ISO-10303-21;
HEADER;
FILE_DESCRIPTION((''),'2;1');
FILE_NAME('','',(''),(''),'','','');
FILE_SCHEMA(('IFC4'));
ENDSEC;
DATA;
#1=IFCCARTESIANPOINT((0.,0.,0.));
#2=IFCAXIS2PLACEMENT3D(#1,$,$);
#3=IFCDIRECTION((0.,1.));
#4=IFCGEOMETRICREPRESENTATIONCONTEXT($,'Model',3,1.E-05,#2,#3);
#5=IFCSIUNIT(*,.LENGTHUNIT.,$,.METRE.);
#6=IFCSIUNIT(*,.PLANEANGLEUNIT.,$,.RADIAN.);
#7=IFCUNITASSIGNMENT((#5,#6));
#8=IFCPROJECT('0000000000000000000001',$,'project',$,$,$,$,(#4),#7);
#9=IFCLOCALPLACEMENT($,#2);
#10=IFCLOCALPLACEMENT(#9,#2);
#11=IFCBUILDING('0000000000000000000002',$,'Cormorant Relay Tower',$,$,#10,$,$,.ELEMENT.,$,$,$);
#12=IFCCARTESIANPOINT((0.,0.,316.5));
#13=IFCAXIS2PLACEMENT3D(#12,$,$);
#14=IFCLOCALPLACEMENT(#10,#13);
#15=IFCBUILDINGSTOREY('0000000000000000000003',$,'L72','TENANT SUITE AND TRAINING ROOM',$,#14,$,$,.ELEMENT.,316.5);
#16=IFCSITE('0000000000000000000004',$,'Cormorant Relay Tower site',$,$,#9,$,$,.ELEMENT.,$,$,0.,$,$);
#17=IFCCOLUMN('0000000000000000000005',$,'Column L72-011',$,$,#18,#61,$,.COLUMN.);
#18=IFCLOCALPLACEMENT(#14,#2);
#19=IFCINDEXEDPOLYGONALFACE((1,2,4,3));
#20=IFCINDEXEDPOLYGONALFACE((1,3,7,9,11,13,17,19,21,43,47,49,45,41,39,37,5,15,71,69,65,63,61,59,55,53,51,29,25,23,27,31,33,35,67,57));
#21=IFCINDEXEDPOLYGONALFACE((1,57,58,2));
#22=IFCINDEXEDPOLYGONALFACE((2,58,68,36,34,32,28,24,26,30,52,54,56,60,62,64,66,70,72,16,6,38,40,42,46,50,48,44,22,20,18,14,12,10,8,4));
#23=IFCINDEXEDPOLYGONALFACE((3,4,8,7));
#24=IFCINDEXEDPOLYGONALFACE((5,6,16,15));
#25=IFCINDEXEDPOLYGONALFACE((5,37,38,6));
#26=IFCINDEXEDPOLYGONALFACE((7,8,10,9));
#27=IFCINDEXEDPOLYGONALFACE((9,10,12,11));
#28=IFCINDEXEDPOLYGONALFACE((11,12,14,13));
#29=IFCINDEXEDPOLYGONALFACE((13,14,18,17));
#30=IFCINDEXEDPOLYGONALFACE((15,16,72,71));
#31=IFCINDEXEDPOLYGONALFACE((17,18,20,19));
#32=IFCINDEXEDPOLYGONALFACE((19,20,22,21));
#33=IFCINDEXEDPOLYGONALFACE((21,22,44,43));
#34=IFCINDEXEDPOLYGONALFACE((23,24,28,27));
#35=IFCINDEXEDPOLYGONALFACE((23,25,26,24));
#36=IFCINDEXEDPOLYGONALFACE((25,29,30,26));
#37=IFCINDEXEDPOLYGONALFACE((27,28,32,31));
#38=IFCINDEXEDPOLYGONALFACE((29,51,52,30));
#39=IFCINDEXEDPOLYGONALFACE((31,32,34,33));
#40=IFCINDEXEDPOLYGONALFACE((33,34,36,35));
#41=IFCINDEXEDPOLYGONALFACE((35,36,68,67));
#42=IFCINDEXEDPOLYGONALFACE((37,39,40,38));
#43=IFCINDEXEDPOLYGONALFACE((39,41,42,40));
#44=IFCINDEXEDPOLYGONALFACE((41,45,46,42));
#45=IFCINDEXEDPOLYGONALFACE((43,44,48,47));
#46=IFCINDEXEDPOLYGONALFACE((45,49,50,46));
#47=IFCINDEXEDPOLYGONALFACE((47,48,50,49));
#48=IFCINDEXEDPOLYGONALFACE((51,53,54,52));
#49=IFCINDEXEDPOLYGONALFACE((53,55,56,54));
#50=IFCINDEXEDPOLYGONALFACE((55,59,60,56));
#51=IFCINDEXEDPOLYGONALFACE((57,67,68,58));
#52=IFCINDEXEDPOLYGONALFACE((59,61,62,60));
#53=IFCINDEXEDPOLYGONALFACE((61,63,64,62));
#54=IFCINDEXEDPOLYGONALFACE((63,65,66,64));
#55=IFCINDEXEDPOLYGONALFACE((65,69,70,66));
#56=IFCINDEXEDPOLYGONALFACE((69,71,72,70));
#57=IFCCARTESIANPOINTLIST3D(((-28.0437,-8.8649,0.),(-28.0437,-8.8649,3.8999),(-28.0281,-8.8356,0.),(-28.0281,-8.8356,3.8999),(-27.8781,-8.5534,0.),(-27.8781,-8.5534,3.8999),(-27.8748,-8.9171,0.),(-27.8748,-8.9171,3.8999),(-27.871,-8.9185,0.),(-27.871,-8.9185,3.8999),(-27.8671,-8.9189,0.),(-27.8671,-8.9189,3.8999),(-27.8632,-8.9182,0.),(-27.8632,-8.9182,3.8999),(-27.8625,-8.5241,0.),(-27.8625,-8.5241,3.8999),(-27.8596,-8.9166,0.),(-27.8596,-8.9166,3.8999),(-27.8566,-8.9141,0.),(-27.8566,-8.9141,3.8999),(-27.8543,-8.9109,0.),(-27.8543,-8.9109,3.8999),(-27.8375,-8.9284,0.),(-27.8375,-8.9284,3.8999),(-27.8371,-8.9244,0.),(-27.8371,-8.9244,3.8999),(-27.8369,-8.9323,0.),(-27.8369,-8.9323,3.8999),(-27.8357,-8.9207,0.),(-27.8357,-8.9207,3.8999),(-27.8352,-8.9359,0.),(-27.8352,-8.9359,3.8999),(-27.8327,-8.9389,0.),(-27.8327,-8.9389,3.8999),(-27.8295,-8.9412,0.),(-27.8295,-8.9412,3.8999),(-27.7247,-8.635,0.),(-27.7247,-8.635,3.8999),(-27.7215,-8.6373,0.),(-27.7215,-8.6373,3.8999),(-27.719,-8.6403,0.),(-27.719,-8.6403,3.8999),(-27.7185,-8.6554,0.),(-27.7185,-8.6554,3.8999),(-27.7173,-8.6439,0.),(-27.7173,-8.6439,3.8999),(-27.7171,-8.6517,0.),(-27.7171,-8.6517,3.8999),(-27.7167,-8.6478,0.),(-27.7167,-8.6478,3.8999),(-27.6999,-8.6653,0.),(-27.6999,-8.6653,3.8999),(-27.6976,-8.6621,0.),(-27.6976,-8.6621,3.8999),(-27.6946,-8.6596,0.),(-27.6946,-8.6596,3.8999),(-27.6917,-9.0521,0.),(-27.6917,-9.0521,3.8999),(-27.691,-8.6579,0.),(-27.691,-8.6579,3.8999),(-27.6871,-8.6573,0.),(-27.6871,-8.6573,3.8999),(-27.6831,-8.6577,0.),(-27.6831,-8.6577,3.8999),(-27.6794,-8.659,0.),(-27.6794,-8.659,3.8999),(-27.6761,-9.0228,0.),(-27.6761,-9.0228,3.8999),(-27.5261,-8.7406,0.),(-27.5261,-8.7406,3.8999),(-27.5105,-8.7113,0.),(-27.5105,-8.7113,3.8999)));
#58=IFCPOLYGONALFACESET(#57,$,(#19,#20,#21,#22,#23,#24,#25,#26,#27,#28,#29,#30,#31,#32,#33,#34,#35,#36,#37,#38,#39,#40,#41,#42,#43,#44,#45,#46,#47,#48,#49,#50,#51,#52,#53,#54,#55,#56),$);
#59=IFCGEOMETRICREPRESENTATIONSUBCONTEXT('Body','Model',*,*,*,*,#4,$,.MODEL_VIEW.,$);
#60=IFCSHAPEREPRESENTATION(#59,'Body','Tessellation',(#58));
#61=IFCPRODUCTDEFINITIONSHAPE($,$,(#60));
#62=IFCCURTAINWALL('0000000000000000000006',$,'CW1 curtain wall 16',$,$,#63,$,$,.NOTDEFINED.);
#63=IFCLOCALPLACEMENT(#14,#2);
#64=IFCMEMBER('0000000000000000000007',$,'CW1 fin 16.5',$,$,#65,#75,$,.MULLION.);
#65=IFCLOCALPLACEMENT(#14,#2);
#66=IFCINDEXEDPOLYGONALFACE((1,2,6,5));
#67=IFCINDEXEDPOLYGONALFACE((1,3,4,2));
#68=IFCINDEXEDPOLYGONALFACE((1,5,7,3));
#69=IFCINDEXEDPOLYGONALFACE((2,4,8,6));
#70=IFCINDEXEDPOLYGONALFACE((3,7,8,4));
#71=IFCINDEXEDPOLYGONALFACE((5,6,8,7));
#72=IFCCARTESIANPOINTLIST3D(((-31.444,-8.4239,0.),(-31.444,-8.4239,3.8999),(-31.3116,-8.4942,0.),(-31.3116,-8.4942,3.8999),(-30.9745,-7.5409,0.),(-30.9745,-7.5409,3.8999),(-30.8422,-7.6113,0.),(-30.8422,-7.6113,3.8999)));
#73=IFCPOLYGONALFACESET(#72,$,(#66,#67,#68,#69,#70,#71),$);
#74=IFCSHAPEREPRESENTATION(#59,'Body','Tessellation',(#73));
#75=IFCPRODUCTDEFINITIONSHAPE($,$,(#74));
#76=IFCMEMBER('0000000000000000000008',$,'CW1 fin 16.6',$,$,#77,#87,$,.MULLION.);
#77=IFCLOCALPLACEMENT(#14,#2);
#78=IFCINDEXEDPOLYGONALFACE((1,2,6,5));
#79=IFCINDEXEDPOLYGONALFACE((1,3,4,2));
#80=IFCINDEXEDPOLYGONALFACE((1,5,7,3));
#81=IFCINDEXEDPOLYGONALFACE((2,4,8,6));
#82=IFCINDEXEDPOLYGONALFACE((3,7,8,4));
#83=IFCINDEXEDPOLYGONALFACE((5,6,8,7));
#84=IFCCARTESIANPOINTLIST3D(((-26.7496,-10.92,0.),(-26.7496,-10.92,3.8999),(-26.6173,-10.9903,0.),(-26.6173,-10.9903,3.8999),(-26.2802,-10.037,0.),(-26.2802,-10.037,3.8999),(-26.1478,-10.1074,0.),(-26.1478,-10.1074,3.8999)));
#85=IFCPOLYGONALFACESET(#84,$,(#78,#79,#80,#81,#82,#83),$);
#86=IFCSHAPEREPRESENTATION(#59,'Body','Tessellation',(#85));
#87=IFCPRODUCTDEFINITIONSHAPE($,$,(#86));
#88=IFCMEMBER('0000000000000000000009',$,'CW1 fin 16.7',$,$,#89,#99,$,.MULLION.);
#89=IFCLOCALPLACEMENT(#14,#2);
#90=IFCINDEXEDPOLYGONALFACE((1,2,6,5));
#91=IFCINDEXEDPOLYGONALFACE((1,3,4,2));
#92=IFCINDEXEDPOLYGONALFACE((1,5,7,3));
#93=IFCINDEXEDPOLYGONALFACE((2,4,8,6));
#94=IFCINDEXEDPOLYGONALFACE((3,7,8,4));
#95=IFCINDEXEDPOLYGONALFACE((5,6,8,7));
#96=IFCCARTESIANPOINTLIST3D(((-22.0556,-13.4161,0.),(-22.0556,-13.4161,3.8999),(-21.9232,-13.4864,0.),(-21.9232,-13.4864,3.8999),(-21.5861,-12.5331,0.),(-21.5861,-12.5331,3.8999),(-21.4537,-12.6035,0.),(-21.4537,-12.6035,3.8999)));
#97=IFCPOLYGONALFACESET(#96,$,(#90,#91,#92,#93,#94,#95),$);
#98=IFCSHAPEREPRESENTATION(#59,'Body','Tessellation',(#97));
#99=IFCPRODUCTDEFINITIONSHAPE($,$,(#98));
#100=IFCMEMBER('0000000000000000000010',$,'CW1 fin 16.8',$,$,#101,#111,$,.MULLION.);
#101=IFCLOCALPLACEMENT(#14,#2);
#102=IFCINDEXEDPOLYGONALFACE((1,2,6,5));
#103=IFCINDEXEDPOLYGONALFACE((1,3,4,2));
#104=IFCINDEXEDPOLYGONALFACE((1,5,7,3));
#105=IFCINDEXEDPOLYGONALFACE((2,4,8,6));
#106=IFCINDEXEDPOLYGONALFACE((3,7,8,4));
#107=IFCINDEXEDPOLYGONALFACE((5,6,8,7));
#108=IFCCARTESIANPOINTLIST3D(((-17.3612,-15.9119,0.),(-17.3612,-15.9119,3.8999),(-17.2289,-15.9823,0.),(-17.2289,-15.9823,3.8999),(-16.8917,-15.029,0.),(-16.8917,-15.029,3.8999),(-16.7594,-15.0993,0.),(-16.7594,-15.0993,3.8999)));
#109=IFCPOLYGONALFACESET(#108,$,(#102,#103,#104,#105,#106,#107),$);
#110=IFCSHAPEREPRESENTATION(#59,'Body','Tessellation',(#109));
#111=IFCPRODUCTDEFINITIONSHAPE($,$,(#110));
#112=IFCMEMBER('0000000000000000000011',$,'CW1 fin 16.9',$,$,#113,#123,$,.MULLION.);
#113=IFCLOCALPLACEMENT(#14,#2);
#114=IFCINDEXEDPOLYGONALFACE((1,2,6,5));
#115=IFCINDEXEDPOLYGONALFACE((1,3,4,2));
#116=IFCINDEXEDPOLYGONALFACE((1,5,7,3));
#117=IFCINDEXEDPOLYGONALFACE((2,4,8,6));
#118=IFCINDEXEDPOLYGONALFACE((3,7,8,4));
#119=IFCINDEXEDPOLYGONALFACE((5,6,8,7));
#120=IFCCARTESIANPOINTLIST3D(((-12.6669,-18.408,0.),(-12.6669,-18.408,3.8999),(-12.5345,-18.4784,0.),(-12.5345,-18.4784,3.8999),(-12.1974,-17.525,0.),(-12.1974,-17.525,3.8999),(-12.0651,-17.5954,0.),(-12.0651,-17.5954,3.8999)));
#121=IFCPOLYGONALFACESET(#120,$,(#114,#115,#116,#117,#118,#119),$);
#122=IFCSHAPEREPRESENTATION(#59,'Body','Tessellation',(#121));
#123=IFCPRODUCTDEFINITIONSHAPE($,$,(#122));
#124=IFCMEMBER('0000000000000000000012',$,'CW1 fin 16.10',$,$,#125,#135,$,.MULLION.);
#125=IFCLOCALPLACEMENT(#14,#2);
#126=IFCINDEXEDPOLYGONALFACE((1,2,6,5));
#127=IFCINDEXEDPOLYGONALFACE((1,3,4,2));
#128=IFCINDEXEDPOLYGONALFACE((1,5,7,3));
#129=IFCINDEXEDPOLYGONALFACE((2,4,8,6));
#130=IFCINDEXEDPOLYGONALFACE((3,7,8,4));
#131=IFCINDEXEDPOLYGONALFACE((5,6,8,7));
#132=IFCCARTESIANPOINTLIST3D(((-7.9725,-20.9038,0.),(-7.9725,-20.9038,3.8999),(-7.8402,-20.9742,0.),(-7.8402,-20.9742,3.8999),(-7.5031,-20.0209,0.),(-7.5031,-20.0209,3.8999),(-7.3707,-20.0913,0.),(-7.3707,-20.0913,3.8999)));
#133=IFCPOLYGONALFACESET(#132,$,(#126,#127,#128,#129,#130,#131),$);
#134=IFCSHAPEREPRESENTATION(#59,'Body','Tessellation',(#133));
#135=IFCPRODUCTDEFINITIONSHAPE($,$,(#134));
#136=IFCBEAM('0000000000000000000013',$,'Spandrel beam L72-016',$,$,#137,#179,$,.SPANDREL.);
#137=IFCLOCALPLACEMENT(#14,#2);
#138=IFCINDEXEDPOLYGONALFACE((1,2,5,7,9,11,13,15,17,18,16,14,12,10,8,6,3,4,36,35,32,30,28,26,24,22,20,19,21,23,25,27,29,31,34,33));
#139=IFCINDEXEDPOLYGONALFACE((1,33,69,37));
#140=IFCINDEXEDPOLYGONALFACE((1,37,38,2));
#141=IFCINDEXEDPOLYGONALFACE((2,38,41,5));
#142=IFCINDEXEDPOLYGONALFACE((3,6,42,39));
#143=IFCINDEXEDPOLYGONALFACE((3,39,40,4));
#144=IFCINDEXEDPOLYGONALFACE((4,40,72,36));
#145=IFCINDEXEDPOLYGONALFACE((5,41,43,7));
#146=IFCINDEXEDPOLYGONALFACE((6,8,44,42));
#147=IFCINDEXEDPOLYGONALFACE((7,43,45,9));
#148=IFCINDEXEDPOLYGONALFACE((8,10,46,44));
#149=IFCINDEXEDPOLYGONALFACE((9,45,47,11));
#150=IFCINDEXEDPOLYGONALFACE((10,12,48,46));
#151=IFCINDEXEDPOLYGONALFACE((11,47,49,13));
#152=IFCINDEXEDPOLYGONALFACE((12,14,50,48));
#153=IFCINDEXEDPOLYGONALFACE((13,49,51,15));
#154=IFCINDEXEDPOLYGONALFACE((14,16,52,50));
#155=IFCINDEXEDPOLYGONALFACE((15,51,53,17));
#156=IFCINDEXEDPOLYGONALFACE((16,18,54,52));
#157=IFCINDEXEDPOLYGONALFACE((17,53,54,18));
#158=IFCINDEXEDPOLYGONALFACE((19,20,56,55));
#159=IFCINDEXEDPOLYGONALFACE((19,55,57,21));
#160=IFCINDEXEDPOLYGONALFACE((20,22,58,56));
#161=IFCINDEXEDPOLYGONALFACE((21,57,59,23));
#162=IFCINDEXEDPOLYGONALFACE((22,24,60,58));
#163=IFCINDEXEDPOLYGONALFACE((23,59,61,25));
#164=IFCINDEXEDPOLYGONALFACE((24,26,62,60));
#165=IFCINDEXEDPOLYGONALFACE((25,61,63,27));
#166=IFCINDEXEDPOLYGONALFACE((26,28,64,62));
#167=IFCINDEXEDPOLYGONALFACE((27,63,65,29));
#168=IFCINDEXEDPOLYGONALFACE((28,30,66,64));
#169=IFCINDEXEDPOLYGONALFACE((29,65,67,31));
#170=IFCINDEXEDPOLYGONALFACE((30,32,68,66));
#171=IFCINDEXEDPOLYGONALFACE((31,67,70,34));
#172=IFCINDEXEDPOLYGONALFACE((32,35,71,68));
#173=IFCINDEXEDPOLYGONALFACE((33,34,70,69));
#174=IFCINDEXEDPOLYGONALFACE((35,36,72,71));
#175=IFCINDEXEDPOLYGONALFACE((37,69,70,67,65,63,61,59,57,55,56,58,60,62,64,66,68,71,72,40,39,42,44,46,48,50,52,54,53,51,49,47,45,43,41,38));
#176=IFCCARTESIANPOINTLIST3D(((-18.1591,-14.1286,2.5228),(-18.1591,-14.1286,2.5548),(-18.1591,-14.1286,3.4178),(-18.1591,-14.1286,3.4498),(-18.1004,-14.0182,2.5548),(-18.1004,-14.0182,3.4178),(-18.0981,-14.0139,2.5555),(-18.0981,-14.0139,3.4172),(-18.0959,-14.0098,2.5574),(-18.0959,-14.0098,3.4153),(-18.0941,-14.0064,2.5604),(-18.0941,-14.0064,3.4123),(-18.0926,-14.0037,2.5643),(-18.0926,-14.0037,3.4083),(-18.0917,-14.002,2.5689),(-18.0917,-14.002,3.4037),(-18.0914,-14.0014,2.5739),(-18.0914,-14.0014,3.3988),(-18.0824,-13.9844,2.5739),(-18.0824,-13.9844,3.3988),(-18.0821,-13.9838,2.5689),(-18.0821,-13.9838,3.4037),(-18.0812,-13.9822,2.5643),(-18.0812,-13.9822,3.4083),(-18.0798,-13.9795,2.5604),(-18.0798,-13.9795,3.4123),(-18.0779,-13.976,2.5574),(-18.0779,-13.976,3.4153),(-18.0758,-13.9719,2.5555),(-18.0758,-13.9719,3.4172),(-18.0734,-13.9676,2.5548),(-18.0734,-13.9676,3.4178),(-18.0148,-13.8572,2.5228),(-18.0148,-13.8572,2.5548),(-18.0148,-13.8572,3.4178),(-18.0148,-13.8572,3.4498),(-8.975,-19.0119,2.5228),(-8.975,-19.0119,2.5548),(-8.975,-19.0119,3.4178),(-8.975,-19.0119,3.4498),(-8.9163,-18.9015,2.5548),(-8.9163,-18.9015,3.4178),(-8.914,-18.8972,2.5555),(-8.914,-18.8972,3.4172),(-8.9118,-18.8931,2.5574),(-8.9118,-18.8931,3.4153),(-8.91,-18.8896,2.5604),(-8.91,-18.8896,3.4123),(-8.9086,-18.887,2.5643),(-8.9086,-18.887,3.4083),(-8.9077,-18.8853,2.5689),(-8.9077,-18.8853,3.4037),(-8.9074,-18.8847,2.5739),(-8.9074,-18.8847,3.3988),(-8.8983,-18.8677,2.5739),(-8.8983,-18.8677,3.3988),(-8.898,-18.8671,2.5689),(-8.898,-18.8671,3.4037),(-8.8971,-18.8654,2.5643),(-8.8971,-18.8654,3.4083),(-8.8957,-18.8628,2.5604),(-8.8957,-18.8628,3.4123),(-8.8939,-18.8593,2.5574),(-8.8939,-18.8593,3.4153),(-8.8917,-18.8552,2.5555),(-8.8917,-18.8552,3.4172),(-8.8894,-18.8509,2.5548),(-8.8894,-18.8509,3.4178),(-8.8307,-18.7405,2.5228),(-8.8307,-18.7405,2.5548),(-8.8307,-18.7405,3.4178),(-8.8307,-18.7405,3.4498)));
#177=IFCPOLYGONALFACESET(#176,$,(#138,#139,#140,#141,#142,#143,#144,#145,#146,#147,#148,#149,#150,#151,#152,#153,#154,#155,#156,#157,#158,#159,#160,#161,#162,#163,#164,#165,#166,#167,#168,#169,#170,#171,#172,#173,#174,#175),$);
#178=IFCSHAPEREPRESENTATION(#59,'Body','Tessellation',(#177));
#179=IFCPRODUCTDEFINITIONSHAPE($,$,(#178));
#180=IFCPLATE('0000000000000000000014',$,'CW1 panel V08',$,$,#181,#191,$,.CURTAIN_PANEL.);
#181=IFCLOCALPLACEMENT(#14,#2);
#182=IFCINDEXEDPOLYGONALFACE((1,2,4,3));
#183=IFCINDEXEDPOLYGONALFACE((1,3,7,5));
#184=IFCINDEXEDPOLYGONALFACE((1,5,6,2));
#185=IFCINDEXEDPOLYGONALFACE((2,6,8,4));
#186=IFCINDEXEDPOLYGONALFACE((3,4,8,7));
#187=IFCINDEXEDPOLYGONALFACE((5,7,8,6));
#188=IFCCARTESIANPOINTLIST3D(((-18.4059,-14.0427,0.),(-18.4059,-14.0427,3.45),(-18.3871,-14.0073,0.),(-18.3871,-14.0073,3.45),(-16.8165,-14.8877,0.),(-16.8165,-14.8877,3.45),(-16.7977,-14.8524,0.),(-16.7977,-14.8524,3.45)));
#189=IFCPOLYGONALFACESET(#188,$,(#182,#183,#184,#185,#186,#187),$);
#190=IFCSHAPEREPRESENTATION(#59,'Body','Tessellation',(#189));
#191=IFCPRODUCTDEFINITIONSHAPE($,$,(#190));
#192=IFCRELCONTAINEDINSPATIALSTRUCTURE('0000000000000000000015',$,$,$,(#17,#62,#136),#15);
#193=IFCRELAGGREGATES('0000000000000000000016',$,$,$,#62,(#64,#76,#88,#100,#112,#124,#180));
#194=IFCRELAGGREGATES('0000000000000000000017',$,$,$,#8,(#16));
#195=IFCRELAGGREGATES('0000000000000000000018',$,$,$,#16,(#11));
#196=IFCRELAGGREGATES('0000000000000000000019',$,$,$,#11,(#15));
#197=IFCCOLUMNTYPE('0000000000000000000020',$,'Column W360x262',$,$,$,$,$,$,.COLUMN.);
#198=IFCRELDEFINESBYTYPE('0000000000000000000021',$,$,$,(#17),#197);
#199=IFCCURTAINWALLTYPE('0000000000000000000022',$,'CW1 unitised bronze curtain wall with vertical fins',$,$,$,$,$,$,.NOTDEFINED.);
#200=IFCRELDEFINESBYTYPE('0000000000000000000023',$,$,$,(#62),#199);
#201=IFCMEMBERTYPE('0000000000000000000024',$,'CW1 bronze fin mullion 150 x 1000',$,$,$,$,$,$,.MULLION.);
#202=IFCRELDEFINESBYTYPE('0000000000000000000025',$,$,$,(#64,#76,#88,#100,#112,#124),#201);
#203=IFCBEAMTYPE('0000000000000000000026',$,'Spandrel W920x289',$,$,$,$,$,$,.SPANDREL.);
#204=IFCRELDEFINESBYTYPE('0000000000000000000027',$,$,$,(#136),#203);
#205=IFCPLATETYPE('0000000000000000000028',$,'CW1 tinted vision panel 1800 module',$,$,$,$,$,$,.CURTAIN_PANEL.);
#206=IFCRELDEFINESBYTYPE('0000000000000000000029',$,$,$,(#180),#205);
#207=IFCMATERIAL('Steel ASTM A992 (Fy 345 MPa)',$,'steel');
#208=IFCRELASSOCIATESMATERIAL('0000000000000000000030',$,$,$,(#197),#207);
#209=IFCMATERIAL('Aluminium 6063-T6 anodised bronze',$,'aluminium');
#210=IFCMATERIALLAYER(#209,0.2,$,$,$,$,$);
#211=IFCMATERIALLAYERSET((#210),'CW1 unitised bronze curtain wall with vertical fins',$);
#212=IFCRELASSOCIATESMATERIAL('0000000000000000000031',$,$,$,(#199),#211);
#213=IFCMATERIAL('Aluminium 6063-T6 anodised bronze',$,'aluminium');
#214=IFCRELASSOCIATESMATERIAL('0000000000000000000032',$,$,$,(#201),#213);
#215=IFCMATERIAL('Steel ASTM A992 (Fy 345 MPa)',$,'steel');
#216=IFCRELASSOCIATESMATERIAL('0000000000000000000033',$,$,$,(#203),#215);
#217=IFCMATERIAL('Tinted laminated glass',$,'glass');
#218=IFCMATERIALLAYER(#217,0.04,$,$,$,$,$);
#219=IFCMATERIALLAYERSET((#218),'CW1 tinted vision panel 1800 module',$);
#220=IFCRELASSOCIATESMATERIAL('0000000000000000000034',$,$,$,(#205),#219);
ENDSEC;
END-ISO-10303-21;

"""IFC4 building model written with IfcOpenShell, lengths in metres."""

from ifc_helpers import new_model, si_unit, direction, frame, origin, origin_2d, place, context, subcontext, project, spatial, rectangle, i_section, extrude, material, layer, layer_set, material_profile, profile_set, type_object, element, aggregate, save


model = new_model("IFC4")

# Units and contexts
model_context = context("Model", 3, precision=1e-05, world=origin(), true_north=direction((0.0, 1.0)))
body_context = subcontext(model_context, "Body", "Model", "MODEL_VIEW")
ifc_project = project(units=[si_unit("LENGTHUNIT", "METRE"), si_unit("PLANEANGLEUNIT", "RADIAN")], contexts=[model_context])

# Site, building, storey
site_placement = place(None, origin())
site = spatial("IfcSite", under=ifc_project, at=site_placement, Name="Cormorant Relay Tower site", CompositionType="ELEMENT", RefElevation=0.0)
building_placement = place(site_placement, origin())
building = spatial("IfcBuilding", under=site, at=building_placement, Name="Cormorant Relay Tower", CompositionType="ELEMENT")
storey_placement = place(building_placement, frame((0.0, 0.0, 316.5)))
storey = spatial("IfcBuildingStorey", under=building, at=storey_placement, Name="L72", Description="TENANT SUITE AND TRAINING ROOM", CompositionType="ELEMENT", Elevation=316.5)

# Column
ifc_material_1 = material(Name="Steel ASTM A992 (Fy 345 MPa)", Category="steel")
ifc_material_profile_1 = material_profile(ifc_material_1, i_section(OverallWidth=0.3987, OverallDepth=0.386, WebThickness=0.021, FlangeThickness=0.0332, FilletRadius=0.0151, at=origin_2d()), Name="W360x262")
ifc_profile_set_1 = profile_set([ifc_material_profile_1], Name="Steel ASTM A992 (Fy 345 MPa)")
column_type_1 = type_object("IfcColumnType", Name="Column W360x262", PredefinedType="COLUMN", material=ifc_profile_set_1)
for number, where, z_axis, x_axis, name in (
    (1, (-27.7771, -8.7881, 0.0), (0.0, 0.0, 1.0), (0.882948, -0.469472, 0.0), "Column L72-011"),
):
    element("IfcColumn", number, at=place(storey_placement, frame(where, z_axis=z_axis, x_axis=x_axis)), inside=storey, type_object=column_type_1, Name=name, PredefinedType="COLUMN", context=body_context, shape_type="SweptSolid", body=[
        extrude(i_section(OverallWidth=0.3987, OverallDepth=0.386, WebThickness=0.021, FlangeThickness=0.0332, FilletRadius=0.0151, at=origin_2d()), origin(), (0.0, 0.0, 1.0), 3.8999),
    ])

# Curtain wall, members
ifc_material_2 = material(Name="Aluminium 6063-T6 anodised bronze", Category="aluminium")
ifc_layer_1 = layer(ifc_material_2, 0.2)
ifc_layer_set_1 = layer_set([ifc_layer_1], Name="CW1 unitised bronze curtain wall with vertical fins")
curtain_wall_type = type_object("IfcCurtainWallType", Name="CW1 unitised bronze curtain wall with vertical fins", PredefinedType="NOTDEFINED", material=ifc_layer_set_1)
curtain_wall_placement = place(storey_placement, origin())
curtain_wall = element("IfcCurtainWall", 2, at=curtain_wall_placement, inside=storey, type_object=curtain_wall_type, Name="CW1 curtain wall 16", PredefinedType="NOTDEFINED")
ifc_material_3 = material(Name="Aluminium 6063-T6 anodised bronze", Category="aluminium")
ifc_material_profile_2 = material_profile(ifc_material_3, rectangle(XDim=0.1499, YDim=1.0, at=origin_2d()), Name="AL 150x1000")
ifc_profile_set_2 = profile_set([ifc_material_profile_2], Name="Aluminium 6063-T6 anodised bronze")
member_type = type_object("IfcMemberType", Name="CW1 bronze fin mullion 150 x 1000", PredefinedType="MULLION", material=ifc_profile_set_2)
member_1_placement = place(storey_placement, frame((-31.1431, -8.0176, 0.0), z_axis=(0.0, 0.0, 1.0), x_axis=(0.882948, -0.469472, 0.0)))
member_1 = element("IfcMember", 3, at=member_1_placement, type_object=member_type, Name="CW1 fin 16.5", PredefinedType="MULLION", context=body_context, shape_type="SweptSolid", body=[
    extrude(rectangle(XDim=0.1499, YDim=1.0, at=origin_2d()), origin(), (0.0, 0.0, 1.0), 3.8999),
])
member_2_placement = place(storey_placement, frame((-26.4487, -10.5137, 0.0), z_axis=(0.0, 0.0, 1.0), x_axis=(0.882948, -0.469472, 0.0)))
member_2 = element("IfcMember", 4, at=member_2_placement, type_object=member_type, Name="CW1 fin 16.6", PredefinedType="MULLION", context=body_context, shape_type="SweptSolid", body=[
    extrude(rectangle(XDim=0.1499, YDim=1.0, at=origin_2d()), origin(), (0.0, 0.0, 1.0), 3.8999),
])
member_3_placement = place(storey_placement, frame((-21.7546, -13.0098, 0.0), z_axis=(0.0, 0.0, 1.0), x_axis=(0.882948, -0.469472, 0.0)))
member_3 = element("IfcMember", 5, at=member_3_placement, type_object=member_type, Name="CW1 fin 16.7", PredefinedType="MULLION", context=body_context, shape_type="SweptSolid", body=[
    extrude(rectangle(XDim=0.1499, YDim=1.0, at=origin_2d()), origin(), (0.0, 0.0, 1.0), 3.8999),
])
member_4_placement = place(storey_placement, frame((-17.0603, -15.5056, 0.0), z_axis=(0.0, 0.0, 1.0), x_axis=(0.882948, -0.469472, 0.0)))
member_4 = element("IfcMember", 6, at=member_4_placement, type_object=member_type, Name="CW1 fin 16.8", PredefinedType="MULLION", context=body_context, shape_type="SweptSolid", body=[
    extrude(rectangle(XDim=0.1499, YDim=1.0, at=origin_2d()), origin(), (0.0, 0.0, 1.0), 3.8999),
])
member_5_placement = place(storey_placement, frame((-12.366, -18.0017, 0.0), z_axis=(0.0, 0.0, 1.0), x_axis=(0.882948, -0.469472, 0.0)))
member_5 = element("IfcMember", 7, at=member_5_placement, type_object=member_type, Name="CW1 fin 16.9", PredefinedType="MULLION", context=body_context, shape_type="SweptSolid", body=[
    extrude(rectangle(XDim=0.1499, YDim=1.0, at=origin_2d()), origin(), (0.0, 0.0, 1.0), 3.8999),
])
member_6_placement = place(storey_placement, frame((-7.6716, -20.4976, 0.0), z_axis=(0.0, 0.0, 1.0), x_axis=(0.882948, -0.469472, 0.0)))
member_6 = element("IfcMember", 8, at=member_6_placement, type_object=member_type, Name="CW1 fin 16.10", PredefinedType="MULLION", context=body_context, shape_type="SweptSolid", body=[
    extrude(rectangle(XDim=0.1499, YDim=1.0, at=origin_2d()), origin(), (0.0, 0.0, 1.0), 3.8999),
])

# Beam
ifc_material_4 = material(Name="Steel ASTM A992 (Fy 345 MPa)", Category="steel")
ifc_material_profile_3 = material_profile(ifc_material_4, i_section(OverallWidth=0.3074, OverallDepth=0.927, WebThickness=0.0193, FlangeThickness=0.032, FilletRadius=0.019, at=origin_2d()), Name="W920x289")
ifc_profile_set_3 = profile_set([ifc_material_profile_3], Name="Steel ASTM A992 (Fy 345 MPa)")
beam_type = type_object("IfcBeamType", Name="Spandrel W920x289", PredefinedType="SPANDREL", material=ifc_profile_set_3)
beam_placement = place(storey_placement, frame((-18.0869, -13.9929, 2.9863), z_axis=(0.882946, -0.469474, 0.0), x_axis=(0.469474, 0.882946, 0.0)))
element("IfcBeam", 9, at=beam_placement, inside=storey, type_object=beam_type, Name="Spandrel beam L72-016", PredefinedType="SPANDREL", context=body_context, shape_type="SweptSolid", body=[
    extrude(i_section(OverallWidth=0.3074, OverallDepth=0.927, WebThickness=0.0193, FlangeThickness=0.032, FilletRadius=0.019, at=origin_2d()), origin(), (0.0, 0.0, 1.0), 10.4016),
])

# Plate
ifc_material_5 = material(Name="Tinted laminated glass", Category="glass")
ifc_layer_2 = layer(ifc_material_5, 0.04)
ifc_layer_set_2 = layer_set([ifc_layer_2], Name="CW1 tinted vision panel 1800 module")
plate_type_1 = type_object("IfcPlateType", Name="CW1 tinted vision panel 1800 module", PredefinedType="CURTAIN_PANEL", material=ifc_layer_set_2)
plate_1_placement = place(storey_placement, frame((-17.6018, -14.4475, 0.0), z_axis=(0.0, 0.0, 1.0), x_axis=(0.882948, -0.469472, 0.0)))
plate_1 = element("IfcPlate", 10, at=plate_1_placement, type_object=plate_type_1, Name="CW1 panel V08", PredefinedType="CURTAIN_PANEL", context=body_context, shape_type="SweptSolid", body=[
    extrude(rectangle(XDim=1.8, YDim=0.04, at=origin_2d()), origin(), (0.0, 0.0, 1.0), 3.45),
])

aggregate(curtain_wall, [member_1, member_2, member_3, member_4, member_5, member_6, plate_1])

save(model, "model.ifc")
